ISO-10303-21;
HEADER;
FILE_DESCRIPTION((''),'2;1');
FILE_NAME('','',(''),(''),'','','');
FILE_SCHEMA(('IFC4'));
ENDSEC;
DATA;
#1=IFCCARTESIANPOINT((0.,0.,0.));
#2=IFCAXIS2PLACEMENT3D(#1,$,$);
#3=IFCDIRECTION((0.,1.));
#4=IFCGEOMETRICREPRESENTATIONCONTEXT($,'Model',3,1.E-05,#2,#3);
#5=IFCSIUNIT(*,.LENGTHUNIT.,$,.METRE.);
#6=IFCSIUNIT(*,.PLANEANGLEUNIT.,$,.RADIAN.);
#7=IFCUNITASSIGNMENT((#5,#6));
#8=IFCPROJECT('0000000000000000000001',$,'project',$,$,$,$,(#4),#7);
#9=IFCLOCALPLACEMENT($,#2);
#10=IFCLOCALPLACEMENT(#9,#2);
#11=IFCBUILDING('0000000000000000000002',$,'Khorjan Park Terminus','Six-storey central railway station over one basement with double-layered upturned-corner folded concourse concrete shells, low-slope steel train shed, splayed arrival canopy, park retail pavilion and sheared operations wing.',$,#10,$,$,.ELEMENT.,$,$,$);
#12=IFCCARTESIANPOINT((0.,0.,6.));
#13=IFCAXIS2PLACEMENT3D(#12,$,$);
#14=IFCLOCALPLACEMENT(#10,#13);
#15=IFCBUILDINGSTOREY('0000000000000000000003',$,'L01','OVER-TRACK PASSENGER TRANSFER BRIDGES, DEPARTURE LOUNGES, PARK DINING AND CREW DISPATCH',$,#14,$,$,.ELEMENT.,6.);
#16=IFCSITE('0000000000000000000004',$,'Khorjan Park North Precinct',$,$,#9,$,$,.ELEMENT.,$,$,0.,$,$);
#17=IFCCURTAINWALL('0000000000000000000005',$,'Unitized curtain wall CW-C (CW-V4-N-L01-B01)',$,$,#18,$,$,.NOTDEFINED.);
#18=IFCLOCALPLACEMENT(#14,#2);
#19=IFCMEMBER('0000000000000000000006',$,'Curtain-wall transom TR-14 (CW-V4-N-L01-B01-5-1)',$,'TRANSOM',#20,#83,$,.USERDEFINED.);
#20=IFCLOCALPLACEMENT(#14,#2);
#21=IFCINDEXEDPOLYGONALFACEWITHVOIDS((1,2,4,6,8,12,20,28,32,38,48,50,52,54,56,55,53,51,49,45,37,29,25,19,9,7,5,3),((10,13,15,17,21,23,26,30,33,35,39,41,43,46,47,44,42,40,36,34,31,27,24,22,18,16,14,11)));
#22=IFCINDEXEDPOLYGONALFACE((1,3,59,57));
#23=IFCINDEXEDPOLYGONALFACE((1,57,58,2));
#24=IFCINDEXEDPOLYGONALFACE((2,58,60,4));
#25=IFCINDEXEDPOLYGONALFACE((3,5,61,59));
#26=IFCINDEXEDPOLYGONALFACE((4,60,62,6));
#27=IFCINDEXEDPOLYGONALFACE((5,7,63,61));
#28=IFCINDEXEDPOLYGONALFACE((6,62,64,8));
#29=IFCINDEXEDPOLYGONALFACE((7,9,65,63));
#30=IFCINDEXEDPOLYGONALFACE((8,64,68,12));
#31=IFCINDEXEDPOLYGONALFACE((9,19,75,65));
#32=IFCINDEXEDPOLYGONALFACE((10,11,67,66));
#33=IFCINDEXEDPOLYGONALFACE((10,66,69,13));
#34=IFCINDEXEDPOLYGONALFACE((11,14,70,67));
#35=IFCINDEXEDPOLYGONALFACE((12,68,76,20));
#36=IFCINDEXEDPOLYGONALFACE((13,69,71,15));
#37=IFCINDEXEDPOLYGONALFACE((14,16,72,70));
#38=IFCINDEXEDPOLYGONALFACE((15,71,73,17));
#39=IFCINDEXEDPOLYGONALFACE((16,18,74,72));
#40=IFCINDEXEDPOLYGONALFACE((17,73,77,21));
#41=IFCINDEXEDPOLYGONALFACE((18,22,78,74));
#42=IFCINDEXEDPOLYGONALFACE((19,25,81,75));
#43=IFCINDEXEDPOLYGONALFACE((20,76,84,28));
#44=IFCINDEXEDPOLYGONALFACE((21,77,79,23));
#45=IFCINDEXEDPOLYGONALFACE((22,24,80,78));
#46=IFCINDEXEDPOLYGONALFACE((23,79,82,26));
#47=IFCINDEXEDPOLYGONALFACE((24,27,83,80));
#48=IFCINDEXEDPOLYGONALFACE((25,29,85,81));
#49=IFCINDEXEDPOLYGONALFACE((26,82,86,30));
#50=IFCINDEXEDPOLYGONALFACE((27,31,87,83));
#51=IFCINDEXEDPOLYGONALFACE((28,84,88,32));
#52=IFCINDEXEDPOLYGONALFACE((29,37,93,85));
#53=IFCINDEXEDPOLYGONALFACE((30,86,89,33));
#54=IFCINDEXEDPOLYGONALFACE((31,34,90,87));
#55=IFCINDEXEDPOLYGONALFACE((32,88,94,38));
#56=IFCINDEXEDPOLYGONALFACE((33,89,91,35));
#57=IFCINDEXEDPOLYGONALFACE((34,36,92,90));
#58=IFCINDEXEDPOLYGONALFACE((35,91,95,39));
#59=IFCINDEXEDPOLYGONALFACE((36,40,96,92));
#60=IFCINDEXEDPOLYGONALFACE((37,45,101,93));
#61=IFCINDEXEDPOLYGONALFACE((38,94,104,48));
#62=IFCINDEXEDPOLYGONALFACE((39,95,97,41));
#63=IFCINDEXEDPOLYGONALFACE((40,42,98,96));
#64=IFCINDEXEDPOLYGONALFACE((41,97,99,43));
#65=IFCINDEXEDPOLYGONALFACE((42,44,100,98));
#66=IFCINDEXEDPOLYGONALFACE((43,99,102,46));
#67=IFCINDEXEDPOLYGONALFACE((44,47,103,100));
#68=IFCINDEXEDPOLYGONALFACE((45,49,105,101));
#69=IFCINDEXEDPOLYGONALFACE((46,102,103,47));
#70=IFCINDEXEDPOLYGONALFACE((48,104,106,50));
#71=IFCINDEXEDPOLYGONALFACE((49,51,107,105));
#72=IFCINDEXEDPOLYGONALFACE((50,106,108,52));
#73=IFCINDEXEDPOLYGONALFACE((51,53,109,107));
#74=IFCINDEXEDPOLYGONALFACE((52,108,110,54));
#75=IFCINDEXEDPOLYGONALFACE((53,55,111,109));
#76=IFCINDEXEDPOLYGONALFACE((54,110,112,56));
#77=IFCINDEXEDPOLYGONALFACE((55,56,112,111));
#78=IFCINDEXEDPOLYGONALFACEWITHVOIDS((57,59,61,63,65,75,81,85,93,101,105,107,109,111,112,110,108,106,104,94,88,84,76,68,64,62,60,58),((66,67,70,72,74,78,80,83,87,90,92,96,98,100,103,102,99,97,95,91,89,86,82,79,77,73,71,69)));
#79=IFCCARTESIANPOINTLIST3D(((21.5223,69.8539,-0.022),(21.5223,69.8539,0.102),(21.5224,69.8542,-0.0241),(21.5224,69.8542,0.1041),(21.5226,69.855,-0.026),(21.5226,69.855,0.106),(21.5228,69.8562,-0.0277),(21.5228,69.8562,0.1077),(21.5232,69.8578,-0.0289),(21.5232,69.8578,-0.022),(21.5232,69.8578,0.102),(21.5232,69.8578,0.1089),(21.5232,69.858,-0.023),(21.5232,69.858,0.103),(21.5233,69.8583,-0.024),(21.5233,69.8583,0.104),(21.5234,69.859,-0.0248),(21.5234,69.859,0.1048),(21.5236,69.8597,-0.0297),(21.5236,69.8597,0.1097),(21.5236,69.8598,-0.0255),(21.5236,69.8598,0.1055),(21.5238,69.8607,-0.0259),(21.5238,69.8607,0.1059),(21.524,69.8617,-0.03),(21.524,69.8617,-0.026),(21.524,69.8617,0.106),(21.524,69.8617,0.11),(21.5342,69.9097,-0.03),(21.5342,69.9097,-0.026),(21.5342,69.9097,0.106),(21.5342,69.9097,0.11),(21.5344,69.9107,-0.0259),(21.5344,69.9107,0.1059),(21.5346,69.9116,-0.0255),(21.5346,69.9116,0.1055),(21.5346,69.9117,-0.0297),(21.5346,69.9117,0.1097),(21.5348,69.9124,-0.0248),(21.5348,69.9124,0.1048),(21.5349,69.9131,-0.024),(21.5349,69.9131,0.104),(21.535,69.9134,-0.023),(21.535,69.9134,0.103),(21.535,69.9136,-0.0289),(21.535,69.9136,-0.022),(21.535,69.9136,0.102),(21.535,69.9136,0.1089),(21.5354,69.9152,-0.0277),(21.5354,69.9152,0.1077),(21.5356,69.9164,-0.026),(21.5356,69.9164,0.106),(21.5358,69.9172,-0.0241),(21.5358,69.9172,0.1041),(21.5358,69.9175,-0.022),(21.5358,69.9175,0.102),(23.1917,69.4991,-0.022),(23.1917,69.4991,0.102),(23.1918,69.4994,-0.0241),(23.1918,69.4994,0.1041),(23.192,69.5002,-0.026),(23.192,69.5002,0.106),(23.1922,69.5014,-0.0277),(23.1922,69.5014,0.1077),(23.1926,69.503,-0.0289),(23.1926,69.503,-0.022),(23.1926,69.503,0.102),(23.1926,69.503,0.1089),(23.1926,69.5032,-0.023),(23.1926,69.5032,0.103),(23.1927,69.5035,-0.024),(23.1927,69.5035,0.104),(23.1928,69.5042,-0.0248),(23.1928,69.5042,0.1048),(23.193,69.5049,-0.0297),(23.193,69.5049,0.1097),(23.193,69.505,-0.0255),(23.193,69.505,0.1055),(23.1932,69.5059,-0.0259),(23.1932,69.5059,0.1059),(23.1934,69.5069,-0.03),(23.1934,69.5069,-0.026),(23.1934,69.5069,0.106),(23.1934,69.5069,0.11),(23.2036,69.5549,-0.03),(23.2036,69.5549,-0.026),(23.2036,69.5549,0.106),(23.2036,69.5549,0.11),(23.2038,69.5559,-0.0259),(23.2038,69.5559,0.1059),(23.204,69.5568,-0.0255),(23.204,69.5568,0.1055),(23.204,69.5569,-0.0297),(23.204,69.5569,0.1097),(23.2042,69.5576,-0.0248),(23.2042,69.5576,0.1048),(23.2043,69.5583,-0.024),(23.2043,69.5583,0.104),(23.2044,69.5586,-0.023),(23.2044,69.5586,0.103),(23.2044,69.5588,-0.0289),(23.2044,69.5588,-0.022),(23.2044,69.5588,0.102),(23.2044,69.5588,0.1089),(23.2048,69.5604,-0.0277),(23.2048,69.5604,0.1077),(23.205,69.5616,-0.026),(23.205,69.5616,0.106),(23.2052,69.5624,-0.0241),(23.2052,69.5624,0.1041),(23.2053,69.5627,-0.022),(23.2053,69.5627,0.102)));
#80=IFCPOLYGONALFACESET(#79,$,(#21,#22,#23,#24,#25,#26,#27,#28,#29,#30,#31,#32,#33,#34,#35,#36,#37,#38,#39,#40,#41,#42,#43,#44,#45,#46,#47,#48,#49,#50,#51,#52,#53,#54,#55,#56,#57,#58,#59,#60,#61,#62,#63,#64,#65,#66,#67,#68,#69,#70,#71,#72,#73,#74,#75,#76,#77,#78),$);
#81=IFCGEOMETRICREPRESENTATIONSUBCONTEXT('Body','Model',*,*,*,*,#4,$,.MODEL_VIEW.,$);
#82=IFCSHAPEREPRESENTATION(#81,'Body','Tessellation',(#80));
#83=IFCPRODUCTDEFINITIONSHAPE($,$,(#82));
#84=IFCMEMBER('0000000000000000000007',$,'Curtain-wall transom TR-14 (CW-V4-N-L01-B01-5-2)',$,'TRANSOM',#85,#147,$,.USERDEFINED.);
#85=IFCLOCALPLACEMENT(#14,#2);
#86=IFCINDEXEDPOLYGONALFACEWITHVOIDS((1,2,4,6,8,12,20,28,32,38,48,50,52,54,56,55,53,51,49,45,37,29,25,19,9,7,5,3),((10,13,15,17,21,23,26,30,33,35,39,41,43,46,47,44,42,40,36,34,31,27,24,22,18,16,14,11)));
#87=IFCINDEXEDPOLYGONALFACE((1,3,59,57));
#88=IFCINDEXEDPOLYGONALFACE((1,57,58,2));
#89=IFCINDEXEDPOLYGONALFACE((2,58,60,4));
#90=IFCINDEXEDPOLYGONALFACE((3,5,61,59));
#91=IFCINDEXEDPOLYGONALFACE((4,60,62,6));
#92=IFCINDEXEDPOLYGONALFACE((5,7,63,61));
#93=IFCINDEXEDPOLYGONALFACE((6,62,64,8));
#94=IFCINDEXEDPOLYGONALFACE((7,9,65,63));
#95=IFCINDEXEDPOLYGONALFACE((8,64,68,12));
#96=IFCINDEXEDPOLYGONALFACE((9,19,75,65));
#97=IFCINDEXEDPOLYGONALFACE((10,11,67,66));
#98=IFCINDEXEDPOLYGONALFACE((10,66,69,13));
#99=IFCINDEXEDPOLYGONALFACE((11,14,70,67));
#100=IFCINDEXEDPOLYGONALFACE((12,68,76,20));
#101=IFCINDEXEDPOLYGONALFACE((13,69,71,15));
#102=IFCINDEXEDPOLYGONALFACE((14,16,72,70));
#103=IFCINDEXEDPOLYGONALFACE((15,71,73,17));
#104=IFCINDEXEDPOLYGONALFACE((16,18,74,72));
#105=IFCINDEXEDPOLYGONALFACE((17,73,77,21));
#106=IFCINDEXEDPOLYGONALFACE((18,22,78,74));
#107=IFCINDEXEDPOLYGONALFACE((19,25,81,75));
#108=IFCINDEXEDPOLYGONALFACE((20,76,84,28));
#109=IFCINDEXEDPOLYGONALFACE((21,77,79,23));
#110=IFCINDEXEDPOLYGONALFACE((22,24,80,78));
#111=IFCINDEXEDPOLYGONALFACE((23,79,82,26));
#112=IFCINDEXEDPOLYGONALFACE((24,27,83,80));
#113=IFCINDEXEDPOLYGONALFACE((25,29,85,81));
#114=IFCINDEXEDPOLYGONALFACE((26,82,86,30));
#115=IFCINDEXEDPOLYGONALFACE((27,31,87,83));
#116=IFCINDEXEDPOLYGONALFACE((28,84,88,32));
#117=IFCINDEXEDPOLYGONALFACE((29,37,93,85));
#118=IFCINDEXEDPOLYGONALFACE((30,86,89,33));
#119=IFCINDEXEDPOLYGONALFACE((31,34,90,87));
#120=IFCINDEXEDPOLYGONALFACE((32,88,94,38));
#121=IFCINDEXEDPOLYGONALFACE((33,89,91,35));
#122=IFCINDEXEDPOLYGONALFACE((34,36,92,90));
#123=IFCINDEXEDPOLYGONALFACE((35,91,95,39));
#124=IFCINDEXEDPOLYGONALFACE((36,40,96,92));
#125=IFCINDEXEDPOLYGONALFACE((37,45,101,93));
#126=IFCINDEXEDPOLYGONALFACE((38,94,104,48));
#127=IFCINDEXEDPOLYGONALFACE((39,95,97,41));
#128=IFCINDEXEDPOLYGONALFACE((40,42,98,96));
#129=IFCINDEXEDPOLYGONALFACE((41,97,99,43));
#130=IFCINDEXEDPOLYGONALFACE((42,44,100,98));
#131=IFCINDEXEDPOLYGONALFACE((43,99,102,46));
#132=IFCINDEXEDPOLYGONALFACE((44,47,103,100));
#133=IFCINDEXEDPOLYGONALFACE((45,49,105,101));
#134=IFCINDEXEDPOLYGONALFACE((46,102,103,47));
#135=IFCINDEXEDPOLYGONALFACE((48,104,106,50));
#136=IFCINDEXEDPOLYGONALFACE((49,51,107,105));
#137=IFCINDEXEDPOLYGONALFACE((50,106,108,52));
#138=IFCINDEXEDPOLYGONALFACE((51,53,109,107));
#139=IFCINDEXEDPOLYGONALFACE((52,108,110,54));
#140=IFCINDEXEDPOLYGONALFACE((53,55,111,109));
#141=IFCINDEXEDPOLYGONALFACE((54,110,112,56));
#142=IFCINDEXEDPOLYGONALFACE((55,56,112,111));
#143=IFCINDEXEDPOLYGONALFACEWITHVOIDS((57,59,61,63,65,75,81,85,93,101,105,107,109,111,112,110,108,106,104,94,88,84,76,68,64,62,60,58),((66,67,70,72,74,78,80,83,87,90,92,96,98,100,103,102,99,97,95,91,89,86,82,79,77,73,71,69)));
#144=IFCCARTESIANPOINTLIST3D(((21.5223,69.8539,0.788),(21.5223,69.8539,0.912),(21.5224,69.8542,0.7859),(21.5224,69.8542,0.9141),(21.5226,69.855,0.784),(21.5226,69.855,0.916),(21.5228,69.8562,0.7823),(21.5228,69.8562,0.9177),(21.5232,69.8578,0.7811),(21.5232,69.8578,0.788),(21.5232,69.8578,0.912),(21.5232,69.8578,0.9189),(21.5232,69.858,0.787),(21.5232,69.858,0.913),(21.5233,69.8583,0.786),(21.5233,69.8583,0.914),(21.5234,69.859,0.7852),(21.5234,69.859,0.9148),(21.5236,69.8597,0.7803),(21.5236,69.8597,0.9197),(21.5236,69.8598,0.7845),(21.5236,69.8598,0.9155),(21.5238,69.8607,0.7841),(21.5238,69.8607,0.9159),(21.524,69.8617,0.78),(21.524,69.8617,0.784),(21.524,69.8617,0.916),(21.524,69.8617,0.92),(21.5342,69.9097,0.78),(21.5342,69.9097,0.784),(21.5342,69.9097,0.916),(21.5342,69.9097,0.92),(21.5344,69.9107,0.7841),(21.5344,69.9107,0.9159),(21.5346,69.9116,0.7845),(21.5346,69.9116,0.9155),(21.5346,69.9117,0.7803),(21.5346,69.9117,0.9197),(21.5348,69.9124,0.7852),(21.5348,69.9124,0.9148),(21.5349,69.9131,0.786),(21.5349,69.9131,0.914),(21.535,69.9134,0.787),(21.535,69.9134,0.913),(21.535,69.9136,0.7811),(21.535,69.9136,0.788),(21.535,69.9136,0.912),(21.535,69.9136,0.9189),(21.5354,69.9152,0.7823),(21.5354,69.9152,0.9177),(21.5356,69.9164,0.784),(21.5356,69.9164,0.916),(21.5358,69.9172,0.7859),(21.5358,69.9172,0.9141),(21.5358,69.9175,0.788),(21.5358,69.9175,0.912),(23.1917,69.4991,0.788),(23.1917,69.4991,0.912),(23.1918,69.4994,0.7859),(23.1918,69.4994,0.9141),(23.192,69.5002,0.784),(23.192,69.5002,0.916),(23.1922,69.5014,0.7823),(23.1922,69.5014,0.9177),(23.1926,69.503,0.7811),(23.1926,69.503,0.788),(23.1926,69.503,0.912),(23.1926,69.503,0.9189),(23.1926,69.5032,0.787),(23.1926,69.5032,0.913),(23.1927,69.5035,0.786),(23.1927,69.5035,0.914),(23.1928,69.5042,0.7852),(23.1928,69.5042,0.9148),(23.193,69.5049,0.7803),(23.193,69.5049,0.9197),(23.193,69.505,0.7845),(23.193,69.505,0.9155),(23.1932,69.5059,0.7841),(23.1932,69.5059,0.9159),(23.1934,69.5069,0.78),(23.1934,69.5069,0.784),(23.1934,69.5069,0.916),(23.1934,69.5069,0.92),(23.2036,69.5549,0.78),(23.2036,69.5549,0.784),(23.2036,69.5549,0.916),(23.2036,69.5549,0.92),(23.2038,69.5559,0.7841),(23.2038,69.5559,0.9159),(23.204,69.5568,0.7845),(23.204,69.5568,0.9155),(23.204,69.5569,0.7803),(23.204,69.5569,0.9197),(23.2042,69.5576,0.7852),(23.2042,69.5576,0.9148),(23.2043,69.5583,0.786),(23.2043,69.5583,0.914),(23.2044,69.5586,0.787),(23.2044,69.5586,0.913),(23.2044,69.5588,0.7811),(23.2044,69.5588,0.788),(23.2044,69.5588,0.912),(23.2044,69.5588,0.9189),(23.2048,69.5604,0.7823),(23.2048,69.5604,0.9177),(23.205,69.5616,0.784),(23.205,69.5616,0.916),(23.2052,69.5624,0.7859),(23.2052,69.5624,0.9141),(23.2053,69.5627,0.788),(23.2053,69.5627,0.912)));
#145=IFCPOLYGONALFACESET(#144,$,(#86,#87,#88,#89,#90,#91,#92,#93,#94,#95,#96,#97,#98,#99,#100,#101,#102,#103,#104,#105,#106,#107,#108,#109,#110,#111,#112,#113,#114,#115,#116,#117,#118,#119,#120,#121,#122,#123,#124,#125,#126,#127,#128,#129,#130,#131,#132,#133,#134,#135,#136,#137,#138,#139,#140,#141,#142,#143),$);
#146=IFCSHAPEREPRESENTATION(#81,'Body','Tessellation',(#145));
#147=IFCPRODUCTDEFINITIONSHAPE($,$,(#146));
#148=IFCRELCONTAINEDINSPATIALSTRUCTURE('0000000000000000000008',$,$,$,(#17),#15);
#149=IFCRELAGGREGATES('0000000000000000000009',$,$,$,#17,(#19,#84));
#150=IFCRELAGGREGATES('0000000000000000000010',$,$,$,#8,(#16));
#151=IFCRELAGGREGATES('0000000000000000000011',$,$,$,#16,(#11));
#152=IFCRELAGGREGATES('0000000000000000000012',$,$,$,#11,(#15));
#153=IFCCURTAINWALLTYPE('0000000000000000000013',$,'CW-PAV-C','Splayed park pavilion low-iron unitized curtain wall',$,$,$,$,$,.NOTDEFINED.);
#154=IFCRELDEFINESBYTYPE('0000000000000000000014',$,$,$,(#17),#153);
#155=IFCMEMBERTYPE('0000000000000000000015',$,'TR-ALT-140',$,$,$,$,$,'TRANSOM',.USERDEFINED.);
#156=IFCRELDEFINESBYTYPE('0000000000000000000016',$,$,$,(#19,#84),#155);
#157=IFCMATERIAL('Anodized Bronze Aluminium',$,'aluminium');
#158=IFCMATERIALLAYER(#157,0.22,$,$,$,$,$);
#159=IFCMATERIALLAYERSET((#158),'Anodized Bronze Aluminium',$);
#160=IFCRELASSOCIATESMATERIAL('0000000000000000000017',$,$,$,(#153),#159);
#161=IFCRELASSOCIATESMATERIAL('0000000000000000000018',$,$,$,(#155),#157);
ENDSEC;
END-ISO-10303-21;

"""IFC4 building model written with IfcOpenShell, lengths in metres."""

from ifc_helpers import new_model, si_unit, direction, frame, origin, origin_2d, place, context, subcontext, project, spatial, hollow_rectangle, extrude, material, layer, layer_set, material_profile, profile_set, type_object, element, aggregate, save


model = new_model("IFC4")

# Units and contexts
model_context = context("Model", 3, precision=1e-05, world=origin(), true_north=direction((0.0, 1.0)))
body_context = subcontext(model_context, "Body", "Model", "MODEL_VIEW")
ifc_project = project(units=[si_unit("LENGTHUNIT", "METRE"), si_unit("PLANEANGLEUNIT", "RADIAN")], contexts=[model_context])

# Site, building, storey
site_placement = place(None, origin())
site = spatial("IfcSite", under=ifc_project, at=site_placement, Name="Khorjan Park North Precinct", CompositionType="ELEMENT", RefElevation=0.0)
building_placement = place(site_placement, origin())
building = spatial("IfcBuilding", under=site, at=building_placement, Name="Khorjan Park Terminus", Description="Six-storey central railway station over one basement with double-layered upturned-corner folded concourse concrete shells, low-slope steel train shed, splayed arrival canopy, park retail pavilion and sheared operations wing.", CompositionType="ELEMENT")
storey_placement = place(building_placement, frame((0.0, 0.0, 6.0)))
storey = spatial("IfcBuildingStorey", under=building, at=storey_placement, Name="L01", Description="OVER-TRACK PASSENGER TRANSFER BRIDGES, DEPARTURE LOUNGES, PARK DINING AND CREW DISPATCH", CompositionType="ELEMENT", Elevation=6.0)

# Curtain wall, members
ifc_material_1 = material(Name="Anodized Bronze Aluminium", Category="aluminium")
ifc_layer_1 = layer(ifc_material_1, 0.22)
ifc_layer_set_1 = layer_set([ifc_layer_1], Name="Anodized Bronze Aluminium")
curtain_wall_type = type_object("IfcCurtainWallType", Name="CW-PAV-C", Description="Splayed park pavilion low-iron unitized curtain wall", PredefinedType="NOTDEFINED", material=ifc_layer_set_1)
curtain_wall_placement = place(storey_placement, origin())
curtain_wall = element("IfcCurtainWall", 1, at=curtain_wall_placement, inside=storey, type_object=curtain_wall_type, Name="Unitized curtain wall CW-C (CW-V4-N-L01-B01)", PredefinedType="NOTDEFINED")
ifc_material_profile_1 = material_profile(ifc_material_1, hollow_rectangle(XDim=0.065, YDim=0.14, WallThickness=0.004, InnerFilletRadius=0.004, OuterFilletRadius=0.008, at=origin_2d()), Name="ALT 65x140x4")
ifc_profile_set_1 = profile_set([ifc_material_profile_1], Name="Anodized Bronze Aluminium")
member_type_1 = type_object("IfcMemberType", Name="TR-ALT-140", ElementType="TRANSOM", PredefinedType="USERDEFINED", material=ifc_profile_set_1)
member_1_placement = place(storey_placement, frame((23.1985, 69.5309, 0.04), z_axis=(-0.978153, 0.207888, 0.0), x_axis=(-0.207888, -0.978153, 0.0)))
member_1 = element("IfcMember", 2, at=member_1_placement, type_object=member_type_1, Name="Curtain-wall transom TR-14 (CW-V4-N-L01-B01-5-1)", ObjectType="TRANSOM", PredefinedType="USERDEFINED", context=body_context, shape_type="SweptSolid", body=[
    extrude(hollow_rectangle(XDim=0.065, YDim=0.14, WallThickness=0.004, InnerFilletRadius=0.004, OuterFilletRadius=0.008, at=origin_2d()), origin(), (0.0, 0.0, 1.0), 1.7067),
])
member_2_placement = place(storey_placement, frame((23.1985, 69.5309, 0.85), z_axis=(-0.978153, 0.207888, 0.0), x_axis=(-0.207888, -0.978153, 0.0)))
member_2 = element("IfcMember", 3, at=member_2_placement, type_object=member_type_1, Name="Curtain-wall transom TR-14 (CW-V4-N-L01-B01-5-2)", ObjectType="TRANSOM", PredefinedType="USERDEFINED", context=body_context, shape_type="SweptSolid", body=[
    extrude(hollow_rectangle(XDim=0.065, YDim=0.14, WallThickness=0.004, InnerFilletRadius=0.004, OuterFilletRadius=0.008, at=origin_2d()), origin(), (0.0, 0.0, 1.0), 1.7067),
])
aggregate(curtain_wall, [member_1, member_2])

save(model, "model.ifc")
